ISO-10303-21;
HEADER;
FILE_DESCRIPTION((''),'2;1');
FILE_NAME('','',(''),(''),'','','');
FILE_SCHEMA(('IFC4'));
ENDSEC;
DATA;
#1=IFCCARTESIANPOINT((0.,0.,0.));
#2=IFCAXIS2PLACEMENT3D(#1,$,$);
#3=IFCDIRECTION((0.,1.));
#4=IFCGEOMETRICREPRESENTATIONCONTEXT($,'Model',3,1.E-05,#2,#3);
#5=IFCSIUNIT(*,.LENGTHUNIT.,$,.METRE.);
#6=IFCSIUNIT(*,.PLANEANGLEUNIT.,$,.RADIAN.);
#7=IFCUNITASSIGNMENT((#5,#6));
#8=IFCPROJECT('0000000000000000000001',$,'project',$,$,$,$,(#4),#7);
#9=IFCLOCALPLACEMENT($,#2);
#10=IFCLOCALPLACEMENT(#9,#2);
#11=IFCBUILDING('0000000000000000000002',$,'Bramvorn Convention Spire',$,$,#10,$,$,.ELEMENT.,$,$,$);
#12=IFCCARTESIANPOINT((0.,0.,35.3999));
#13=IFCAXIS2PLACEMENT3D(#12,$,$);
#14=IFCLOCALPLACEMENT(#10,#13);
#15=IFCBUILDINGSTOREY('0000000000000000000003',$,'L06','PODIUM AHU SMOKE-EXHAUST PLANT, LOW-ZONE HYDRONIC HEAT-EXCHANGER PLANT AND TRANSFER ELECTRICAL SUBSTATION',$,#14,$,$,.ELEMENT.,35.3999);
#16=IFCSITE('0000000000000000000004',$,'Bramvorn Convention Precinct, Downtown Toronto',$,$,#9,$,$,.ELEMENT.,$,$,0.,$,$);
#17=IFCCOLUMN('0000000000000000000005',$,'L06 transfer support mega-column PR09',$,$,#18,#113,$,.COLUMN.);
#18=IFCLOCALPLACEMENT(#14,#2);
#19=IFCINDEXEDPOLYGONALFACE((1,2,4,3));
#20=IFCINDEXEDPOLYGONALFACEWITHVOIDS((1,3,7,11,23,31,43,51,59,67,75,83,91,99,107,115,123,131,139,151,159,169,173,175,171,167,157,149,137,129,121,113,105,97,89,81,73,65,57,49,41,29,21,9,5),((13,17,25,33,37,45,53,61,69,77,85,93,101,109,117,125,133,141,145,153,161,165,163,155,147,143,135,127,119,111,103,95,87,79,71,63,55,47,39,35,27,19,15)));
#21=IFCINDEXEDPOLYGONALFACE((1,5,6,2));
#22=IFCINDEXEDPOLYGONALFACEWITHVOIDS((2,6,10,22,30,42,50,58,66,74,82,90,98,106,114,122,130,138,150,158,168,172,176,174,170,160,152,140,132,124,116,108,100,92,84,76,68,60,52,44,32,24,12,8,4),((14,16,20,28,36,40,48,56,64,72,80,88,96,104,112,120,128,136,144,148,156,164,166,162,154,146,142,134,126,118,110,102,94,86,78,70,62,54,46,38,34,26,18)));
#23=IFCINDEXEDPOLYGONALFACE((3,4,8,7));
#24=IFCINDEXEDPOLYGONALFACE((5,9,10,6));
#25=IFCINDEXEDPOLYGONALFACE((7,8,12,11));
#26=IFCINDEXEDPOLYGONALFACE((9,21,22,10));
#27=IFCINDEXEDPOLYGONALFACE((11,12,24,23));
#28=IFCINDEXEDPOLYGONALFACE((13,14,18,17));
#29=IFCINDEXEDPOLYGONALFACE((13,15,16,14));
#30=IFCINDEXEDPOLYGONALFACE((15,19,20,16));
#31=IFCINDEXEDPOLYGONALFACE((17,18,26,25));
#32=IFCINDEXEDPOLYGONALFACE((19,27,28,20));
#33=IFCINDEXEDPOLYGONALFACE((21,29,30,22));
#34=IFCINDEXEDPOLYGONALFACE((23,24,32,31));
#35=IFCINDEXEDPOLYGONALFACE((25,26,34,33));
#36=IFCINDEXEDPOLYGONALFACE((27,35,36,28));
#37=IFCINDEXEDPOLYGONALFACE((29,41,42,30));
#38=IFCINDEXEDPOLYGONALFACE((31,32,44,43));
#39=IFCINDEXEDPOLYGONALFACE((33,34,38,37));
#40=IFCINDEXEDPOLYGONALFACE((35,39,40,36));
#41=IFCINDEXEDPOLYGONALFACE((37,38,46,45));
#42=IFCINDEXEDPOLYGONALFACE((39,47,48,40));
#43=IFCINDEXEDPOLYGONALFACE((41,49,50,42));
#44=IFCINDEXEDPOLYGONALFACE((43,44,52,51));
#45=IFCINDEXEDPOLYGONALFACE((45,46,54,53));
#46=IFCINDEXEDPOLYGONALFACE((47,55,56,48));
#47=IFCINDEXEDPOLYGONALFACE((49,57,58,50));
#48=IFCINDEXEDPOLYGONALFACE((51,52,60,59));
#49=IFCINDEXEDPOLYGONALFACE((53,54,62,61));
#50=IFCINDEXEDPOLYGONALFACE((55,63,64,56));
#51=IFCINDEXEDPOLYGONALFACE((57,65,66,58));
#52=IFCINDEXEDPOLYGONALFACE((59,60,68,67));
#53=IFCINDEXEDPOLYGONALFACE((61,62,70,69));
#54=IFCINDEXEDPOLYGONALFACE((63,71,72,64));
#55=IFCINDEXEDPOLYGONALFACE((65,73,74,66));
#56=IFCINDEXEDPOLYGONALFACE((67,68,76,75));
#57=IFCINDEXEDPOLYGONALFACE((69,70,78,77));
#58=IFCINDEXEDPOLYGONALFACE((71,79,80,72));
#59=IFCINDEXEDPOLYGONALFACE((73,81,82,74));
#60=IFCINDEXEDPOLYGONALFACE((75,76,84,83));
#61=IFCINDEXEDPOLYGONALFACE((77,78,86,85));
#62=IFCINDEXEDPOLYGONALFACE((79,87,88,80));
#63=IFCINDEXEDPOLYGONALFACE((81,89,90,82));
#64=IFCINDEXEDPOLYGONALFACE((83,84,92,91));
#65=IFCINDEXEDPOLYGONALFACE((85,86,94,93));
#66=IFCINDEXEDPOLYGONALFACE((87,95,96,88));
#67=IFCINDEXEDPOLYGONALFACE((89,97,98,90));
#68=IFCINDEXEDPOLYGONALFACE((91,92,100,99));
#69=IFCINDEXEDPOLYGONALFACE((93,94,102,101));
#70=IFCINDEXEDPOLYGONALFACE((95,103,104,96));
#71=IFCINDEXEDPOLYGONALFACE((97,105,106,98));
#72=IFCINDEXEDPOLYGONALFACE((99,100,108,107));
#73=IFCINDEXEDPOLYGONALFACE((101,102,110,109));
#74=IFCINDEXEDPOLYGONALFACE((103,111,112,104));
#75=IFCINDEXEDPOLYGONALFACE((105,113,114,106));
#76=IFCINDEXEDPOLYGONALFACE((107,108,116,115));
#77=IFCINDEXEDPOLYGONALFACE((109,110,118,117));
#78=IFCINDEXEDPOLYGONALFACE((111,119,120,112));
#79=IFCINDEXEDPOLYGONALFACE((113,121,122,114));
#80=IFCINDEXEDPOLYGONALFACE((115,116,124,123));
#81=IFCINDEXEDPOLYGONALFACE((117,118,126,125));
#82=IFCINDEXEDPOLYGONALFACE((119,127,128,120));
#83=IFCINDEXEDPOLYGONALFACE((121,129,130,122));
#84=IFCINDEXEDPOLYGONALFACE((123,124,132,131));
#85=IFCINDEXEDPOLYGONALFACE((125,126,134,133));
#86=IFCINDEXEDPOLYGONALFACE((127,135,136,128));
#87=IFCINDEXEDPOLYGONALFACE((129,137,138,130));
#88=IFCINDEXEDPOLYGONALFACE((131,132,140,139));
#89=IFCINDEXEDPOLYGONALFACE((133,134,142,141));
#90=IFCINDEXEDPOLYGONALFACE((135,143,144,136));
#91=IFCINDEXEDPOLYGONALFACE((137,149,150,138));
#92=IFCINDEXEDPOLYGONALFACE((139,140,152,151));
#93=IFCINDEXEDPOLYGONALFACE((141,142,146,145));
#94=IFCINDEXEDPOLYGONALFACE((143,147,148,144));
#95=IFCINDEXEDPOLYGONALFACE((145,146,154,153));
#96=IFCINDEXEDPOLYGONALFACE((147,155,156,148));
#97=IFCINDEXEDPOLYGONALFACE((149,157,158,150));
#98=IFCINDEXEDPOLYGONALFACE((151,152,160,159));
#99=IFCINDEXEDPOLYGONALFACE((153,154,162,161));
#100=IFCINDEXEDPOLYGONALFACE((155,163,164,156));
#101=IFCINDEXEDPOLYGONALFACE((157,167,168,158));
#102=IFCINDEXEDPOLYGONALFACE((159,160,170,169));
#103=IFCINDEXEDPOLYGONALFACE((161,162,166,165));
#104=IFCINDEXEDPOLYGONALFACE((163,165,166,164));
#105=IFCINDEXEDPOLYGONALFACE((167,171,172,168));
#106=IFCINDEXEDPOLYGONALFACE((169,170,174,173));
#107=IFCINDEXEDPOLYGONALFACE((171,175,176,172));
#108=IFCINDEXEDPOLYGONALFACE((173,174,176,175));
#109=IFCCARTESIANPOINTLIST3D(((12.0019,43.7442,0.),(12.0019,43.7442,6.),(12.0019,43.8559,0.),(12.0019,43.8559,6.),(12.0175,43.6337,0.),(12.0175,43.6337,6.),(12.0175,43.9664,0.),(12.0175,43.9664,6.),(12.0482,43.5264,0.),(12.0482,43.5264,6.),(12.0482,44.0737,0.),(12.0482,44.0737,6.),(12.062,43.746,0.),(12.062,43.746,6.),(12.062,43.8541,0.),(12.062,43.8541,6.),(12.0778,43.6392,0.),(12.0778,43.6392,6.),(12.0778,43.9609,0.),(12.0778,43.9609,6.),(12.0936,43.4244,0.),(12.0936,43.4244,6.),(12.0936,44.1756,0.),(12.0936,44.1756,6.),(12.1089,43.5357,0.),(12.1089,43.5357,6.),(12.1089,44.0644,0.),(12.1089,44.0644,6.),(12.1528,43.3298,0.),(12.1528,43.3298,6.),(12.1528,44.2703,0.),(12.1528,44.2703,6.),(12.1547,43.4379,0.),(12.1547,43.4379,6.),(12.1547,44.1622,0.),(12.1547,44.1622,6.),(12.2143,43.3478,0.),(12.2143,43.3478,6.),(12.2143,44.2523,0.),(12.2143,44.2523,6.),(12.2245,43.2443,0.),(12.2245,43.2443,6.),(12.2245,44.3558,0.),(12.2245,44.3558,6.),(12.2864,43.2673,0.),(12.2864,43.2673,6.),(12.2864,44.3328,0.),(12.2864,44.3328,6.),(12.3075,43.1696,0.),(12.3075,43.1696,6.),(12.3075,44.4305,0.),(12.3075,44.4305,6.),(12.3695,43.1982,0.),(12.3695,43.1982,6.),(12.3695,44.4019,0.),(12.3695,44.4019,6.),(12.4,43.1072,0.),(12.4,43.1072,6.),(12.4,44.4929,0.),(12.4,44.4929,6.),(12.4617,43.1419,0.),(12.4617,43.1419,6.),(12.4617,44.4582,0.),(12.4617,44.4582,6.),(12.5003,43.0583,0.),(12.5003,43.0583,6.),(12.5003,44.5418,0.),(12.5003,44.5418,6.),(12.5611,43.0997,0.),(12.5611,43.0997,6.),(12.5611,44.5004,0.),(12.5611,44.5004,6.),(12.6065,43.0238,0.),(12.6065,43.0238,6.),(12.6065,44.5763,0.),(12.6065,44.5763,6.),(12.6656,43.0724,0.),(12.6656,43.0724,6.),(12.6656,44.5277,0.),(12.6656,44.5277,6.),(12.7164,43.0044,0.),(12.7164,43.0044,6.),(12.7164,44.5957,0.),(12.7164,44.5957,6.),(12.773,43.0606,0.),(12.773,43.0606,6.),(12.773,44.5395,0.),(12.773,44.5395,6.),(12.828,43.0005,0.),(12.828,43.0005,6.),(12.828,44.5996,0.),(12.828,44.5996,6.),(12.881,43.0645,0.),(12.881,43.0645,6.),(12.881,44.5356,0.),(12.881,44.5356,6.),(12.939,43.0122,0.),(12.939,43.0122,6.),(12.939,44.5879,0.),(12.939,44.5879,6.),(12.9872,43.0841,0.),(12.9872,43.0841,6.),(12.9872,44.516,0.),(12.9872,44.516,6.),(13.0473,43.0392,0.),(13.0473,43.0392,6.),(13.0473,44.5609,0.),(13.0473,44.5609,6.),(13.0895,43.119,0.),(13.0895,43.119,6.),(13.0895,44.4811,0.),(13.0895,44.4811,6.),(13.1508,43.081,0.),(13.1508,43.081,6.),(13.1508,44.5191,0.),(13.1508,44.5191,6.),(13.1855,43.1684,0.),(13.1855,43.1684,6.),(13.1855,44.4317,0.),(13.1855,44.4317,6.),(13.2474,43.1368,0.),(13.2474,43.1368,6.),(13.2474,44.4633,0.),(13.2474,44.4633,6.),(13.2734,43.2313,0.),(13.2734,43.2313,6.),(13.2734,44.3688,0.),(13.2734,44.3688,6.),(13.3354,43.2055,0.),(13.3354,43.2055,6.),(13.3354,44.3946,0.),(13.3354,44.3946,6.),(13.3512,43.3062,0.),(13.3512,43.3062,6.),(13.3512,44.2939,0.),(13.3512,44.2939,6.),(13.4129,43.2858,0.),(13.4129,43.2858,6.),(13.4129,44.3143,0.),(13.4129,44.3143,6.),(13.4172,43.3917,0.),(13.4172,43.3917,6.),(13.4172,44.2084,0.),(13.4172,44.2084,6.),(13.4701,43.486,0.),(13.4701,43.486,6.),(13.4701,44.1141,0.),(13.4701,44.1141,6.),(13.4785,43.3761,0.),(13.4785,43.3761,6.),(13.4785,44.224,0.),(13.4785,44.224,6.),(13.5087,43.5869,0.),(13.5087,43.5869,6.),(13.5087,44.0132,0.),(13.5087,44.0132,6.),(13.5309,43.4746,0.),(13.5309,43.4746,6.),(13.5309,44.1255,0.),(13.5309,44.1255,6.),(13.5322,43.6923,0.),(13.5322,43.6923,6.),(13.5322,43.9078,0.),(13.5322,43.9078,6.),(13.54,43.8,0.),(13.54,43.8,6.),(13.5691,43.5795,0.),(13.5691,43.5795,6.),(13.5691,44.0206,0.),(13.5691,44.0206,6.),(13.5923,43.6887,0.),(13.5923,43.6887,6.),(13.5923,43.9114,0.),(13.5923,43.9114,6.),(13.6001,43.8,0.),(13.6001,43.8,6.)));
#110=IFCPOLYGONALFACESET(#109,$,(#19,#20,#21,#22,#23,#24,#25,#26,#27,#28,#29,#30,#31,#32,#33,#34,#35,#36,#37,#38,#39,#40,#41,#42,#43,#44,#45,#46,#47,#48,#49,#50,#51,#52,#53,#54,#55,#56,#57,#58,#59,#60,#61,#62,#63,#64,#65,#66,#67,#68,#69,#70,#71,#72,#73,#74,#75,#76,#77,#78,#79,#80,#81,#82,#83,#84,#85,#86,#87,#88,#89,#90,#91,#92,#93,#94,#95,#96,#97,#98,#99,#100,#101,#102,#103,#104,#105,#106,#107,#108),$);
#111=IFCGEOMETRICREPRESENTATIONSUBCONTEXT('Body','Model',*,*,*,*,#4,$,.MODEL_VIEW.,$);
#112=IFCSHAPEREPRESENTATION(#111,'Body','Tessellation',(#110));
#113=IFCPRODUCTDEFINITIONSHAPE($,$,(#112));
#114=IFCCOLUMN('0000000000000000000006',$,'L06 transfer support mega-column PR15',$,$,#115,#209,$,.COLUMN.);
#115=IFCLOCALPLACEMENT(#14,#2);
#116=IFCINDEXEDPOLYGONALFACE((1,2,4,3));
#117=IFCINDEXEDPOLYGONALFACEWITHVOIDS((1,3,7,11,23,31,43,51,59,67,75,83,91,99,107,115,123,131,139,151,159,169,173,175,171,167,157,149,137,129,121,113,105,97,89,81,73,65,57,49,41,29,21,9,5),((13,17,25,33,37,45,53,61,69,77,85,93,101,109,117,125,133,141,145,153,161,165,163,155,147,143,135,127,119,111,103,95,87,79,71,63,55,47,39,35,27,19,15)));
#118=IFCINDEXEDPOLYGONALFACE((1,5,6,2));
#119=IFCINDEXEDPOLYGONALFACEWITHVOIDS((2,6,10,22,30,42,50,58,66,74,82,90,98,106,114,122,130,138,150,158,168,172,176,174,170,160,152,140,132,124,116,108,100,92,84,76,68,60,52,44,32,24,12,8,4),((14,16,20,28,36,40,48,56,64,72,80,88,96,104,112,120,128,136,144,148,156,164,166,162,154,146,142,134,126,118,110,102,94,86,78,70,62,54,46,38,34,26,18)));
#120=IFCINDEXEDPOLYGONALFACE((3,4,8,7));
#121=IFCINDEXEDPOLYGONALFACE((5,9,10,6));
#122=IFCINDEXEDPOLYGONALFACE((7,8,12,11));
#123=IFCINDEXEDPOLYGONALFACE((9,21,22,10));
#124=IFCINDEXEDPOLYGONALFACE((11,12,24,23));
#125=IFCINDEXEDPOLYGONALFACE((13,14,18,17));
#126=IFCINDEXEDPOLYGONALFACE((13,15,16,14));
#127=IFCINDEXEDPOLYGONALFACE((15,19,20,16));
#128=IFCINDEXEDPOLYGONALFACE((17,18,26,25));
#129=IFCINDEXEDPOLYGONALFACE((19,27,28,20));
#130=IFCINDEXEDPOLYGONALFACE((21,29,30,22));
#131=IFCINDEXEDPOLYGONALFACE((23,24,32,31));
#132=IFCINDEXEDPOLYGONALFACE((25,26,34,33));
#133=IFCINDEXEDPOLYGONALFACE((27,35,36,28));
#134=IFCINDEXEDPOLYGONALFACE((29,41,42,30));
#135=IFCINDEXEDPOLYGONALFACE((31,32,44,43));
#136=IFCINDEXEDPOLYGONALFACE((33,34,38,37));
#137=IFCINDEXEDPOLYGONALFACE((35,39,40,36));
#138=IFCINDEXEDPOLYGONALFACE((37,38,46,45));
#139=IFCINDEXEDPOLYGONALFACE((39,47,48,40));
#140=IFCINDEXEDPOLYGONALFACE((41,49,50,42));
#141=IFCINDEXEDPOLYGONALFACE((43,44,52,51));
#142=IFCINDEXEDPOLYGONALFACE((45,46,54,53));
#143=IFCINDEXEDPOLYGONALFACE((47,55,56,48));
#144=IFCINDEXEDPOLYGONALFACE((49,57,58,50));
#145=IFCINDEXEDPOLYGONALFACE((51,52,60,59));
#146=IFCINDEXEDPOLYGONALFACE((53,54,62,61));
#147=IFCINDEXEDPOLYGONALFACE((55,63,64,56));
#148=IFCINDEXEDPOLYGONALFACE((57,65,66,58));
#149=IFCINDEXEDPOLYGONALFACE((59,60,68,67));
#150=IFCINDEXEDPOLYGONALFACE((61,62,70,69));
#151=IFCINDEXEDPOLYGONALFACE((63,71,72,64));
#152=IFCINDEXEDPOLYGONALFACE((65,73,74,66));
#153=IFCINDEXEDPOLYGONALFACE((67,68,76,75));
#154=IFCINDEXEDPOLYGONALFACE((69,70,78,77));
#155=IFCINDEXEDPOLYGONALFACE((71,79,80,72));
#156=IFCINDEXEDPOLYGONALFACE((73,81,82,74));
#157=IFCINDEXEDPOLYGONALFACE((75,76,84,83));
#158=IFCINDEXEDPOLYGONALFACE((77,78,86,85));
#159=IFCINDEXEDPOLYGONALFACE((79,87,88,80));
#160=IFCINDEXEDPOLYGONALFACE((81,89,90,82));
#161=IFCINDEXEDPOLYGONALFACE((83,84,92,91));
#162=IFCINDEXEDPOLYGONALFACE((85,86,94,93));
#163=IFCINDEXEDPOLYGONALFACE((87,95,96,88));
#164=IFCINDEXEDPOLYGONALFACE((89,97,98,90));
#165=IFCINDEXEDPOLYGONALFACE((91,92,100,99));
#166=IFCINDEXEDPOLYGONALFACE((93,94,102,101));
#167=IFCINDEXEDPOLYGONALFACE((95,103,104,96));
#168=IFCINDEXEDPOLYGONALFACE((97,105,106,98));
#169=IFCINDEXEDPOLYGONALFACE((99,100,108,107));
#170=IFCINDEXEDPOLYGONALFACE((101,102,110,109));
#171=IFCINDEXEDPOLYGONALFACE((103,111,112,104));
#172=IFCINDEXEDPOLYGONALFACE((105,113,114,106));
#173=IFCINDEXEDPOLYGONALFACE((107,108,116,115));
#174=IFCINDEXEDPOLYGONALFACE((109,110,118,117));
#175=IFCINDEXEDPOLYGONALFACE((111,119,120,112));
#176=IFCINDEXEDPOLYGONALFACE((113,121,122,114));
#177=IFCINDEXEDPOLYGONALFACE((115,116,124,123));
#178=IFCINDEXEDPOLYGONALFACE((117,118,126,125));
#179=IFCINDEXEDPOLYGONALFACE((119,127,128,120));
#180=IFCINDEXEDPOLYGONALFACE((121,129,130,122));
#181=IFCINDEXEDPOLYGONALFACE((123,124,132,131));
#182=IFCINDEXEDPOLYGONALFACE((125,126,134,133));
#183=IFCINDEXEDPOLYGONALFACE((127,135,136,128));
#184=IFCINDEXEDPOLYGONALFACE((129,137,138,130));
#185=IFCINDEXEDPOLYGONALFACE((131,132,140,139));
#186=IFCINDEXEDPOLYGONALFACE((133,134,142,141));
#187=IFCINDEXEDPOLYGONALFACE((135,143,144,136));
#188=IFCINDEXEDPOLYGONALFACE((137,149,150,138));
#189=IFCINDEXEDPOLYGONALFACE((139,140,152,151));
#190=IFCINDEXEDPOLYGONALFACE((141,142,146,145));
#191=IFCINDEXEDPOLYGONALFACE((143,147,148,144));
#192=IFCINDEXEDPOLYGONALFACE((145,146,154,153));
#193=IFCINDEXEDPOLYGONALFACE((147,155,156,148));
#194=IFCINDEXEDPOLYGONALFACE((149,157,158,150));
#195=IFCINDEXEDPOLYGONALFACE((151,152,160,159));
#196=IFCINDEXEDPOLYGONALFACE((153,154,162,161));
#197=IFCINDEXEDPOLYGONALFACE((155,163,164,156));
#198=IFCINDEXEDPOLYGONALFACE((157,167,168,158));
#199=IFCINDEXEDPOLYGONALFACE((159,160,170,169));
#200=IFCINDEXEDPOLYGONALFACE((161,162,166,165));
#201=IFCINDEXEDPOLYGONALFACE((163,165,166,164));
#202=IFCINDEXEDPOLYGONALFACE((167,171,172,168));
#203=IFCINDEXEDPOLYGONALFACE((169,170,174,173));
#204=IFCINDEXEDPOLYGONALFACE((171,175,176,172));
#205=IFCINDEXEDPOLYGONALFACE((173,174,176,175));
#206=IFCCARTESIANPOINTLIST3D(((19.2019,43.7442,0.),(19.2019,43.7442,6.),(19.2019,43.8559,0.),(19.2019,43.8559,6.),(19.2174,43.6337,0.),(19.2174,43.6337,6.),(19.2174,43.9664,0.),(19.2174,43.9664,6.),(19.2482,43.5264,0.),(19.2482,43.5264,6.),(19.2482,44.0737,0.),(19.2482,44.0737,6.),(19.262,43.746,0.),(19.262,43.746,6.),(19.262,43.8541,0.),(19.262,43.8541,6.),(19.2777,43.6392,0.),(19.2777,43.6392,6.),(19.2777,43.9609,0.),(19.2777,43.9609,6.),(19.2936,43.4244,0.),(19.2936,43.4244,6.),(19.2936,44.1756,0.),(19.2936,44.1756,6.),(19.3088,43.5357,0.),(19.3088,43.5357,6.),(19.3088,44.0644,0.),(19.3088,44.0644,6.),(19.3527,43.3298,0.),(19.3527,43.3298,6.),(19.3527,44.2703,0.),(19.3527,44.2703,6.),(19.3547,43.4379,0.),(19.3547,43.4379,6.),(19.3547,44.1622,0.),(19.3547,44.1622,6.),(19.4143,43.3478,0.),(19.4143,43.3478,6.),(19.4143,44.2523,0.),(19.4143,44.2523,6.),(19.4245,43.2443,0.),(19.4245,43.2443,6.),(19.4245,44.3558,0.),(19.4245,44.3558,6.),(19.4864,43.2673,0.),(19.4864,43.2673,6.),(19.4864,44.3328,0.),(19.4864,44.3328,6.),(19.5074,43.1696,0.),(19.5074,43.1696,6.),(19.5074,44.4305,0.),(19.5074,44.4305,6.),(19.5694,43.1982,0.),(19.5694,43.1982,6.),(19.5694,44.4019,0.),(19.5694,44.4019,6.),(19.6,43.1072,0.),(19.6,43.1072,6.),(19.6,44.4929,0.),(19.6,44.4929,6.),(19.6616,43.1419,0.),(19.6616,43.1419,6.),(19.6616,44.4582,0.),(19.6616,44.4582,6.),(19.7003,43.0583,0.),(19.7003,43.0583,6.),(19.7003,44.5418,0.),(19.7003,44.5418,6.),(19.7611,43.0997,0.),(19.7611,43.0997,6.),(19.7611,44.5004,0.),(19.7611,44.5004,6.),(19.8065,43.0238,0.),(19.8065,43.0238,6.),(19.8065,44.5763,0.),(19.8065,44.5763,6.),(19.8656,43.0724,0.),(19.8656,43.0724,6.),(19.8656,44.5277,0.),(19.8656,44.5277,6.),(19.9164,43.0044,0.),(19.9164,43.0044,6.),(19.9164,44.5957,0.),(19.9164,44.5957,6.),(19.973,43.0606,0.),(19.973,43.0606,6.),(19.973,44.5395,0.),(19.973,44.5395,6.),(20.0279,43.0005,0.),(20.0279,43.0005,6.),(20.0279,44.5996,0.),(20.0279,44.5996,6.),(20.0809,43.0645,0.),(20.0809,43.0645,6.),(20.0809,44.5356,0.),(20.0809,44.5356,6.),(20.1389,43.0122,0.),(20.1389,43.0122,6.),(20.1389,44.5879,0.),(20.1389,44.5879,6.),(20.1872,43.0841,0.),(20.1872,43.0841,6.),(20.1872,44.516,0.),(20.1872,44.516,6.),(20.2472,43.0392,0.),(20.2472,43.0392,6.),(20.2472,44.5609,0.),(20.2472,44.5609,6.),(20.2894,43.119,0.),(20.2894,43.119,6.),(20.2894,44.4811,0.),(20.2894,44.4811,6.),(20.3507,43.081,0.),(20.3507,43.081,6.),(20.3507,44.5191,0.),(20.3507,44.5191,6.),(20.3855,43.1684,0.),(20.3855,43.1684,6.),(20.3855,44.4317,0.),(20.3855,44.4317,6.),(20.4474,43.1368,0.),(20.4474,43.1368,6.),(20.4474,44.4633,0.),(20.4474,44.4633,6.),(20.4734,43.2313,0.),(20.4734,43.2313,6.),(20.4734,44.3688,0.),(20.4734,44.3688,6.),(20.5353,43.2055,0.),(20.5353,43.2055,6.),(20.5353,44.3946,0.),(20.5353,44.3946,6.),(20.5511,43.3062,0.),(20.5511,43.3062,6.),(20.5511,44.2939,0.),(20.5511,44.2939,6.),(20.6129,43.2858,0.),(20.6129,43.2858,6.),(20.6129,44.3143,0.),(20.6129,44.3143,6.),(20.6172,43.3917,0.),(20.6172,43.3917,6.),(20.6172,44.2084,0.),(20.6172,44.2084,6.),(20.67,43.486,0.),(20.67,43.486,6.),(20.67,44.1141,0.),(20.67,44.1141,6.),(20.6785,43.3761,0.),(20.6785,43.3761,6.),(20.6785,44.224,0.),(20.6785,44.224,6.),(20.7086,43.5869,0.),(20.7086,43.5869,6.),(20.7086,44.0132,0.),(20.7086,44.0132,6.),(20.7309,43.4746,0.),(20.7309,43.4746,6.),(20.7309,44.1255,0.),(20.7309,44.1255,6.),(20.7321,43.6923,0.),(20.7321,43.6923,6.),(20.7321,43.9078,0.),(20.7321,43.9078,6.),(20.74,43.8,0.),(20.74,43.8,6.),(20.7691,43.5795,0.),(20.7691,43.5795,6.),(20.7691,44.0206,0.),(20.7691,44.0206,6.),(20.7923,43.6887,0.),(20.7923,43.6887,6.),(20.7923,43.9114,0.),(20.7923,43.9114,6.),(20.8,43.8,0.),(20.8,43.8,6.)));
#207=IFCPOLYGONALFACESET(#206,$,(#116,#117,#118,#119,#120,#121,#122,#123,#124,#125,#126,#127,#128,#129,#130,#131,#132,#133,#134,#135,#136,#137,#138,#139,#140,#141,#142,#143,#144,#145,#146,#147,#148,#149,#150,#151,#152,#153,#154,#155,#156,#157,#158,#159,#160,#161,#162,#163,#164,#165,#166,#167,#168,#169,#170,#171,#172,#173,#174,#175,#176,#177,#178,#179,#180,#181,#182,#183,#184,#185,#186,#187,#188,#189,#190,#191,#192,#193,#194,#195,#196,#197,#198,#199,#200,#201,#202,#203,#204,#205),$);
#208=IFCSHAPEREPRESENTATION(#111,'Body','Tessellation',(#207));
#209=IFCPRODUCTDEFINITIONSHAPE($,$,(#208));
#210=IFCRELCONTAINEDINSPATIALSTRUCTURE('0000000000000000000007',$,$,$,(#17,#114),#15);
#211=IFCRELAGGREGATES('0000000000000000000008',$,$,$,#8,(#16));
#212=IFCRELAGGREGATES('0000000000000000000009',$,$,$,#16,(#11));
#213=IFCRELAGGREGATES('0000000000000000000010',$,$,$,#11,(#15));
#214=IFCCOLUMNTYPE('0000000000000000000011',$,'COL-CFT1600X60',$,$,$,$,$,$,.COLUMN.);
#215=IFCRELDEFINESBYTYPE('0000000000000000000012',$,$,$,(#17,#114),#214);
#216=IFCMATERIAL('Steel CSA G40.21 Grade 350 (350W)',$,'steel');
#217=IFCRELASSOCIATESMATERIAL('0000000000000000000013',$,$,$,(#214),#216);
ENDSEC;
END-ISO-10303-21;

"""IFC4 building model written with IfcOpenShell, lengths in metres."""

from ifc_helpers import new_model, si_unit, direction, frame, origin, origin_2d, place, context, subcontext, project, spatial, hollow_circle, extrude, material, material_profile, profile_set, type_object, element, save


model = new_model("IFC4")

# Units and contexts
model_context = context("Model", 3, precision=1e-05, world=origin(), true_north=direction((0.0, 1.0)))
body_context = subcontext(model_context, "Body", "Model", "MODEL_VIEW")
ifc_project = project(units=[si_unit("LENGTHUNIT", "METRE"), si_unit("PLANEANGLEUNIT", "RADIAN")], contexts=[model_context])

# Site, building, storey
site_placement = place(None, origin())
site = spatial("IfcSite", under=ifc_project, at=site_placement, Name="Bramvorn Convention Precinct, Downtown Toronto", CompositionType="ELEMENT", RefElevation=0.0)
building_placement = place(site_placement, origin())
building = spatial("IfcBuilding", under=site, at=building_placement, Name="Bramvorn Convention Spire", CompositionType="ELEMENT")
storey_placement = place(building_placement, frame((0.0, 0.0, 35.3999)))
storey = spatial("IfcBuildingStorey", under=building, at=storey_placement, Name="L06", Description="PODIUM AHU SMOKE-EXHAUST PLANT, LOW-ZONE HYDRONIC HEAT-EXCHANGER PLANT AND TRANSFER ELECTRICAL SUBSTATION", CompositionType="ELEMENT", Elevation=35.3999)

# Columns
ifc_material_1 = material(Name="Steel CSA G40.21 Grade 350 (350W)", Category="steel")
ifc_material_profile_1 = material_profile(ifc_material_1, hollow_circle(Radius=0.8, WallThickness=0.0601, at=origin_2d()))
ifc_profile_set_1 = profile_set([ifc_material_profile_1], Name="Steel CSA G40.21 Grade 350 (350W) - CFT1600X60")
column_type = type_object("IfcColumnType", Name="COL-CFT1600X60", PredefinedType="COLUMN", material=ifc_profile_set_1)
for number, where, z_axis, x_axis, name in (
    (1, (12.8, 43.8, 0.0), (0.0, 0.0, 1.0), (1.0, 0.0, 0.0), "L06 transfer support mega-column PR09"),
    (2, (20.0, 43.8, 0.0), (0.0, 0.0, 1.0), (1.0, 0.0, 0.0), "L06 transfer support mega-column PR15"),
):
    element("IfcColumn", number, at=place(storey_placement, frame(where, z_axis=z_axis, x_axis=x_axis)), inside=storey, type_object=column_type, Name=name, PredefinedType="COLUMN", context=body_context, shape_type="SweptSolid", body=[
        extrude(hollow_circle(Radius=0.8, WallThickness=0.0601, at=origin_2d()), origin(), (0.0, 0.0, 1.0), 6.0),
    ])

save(model, "model.ifc")
